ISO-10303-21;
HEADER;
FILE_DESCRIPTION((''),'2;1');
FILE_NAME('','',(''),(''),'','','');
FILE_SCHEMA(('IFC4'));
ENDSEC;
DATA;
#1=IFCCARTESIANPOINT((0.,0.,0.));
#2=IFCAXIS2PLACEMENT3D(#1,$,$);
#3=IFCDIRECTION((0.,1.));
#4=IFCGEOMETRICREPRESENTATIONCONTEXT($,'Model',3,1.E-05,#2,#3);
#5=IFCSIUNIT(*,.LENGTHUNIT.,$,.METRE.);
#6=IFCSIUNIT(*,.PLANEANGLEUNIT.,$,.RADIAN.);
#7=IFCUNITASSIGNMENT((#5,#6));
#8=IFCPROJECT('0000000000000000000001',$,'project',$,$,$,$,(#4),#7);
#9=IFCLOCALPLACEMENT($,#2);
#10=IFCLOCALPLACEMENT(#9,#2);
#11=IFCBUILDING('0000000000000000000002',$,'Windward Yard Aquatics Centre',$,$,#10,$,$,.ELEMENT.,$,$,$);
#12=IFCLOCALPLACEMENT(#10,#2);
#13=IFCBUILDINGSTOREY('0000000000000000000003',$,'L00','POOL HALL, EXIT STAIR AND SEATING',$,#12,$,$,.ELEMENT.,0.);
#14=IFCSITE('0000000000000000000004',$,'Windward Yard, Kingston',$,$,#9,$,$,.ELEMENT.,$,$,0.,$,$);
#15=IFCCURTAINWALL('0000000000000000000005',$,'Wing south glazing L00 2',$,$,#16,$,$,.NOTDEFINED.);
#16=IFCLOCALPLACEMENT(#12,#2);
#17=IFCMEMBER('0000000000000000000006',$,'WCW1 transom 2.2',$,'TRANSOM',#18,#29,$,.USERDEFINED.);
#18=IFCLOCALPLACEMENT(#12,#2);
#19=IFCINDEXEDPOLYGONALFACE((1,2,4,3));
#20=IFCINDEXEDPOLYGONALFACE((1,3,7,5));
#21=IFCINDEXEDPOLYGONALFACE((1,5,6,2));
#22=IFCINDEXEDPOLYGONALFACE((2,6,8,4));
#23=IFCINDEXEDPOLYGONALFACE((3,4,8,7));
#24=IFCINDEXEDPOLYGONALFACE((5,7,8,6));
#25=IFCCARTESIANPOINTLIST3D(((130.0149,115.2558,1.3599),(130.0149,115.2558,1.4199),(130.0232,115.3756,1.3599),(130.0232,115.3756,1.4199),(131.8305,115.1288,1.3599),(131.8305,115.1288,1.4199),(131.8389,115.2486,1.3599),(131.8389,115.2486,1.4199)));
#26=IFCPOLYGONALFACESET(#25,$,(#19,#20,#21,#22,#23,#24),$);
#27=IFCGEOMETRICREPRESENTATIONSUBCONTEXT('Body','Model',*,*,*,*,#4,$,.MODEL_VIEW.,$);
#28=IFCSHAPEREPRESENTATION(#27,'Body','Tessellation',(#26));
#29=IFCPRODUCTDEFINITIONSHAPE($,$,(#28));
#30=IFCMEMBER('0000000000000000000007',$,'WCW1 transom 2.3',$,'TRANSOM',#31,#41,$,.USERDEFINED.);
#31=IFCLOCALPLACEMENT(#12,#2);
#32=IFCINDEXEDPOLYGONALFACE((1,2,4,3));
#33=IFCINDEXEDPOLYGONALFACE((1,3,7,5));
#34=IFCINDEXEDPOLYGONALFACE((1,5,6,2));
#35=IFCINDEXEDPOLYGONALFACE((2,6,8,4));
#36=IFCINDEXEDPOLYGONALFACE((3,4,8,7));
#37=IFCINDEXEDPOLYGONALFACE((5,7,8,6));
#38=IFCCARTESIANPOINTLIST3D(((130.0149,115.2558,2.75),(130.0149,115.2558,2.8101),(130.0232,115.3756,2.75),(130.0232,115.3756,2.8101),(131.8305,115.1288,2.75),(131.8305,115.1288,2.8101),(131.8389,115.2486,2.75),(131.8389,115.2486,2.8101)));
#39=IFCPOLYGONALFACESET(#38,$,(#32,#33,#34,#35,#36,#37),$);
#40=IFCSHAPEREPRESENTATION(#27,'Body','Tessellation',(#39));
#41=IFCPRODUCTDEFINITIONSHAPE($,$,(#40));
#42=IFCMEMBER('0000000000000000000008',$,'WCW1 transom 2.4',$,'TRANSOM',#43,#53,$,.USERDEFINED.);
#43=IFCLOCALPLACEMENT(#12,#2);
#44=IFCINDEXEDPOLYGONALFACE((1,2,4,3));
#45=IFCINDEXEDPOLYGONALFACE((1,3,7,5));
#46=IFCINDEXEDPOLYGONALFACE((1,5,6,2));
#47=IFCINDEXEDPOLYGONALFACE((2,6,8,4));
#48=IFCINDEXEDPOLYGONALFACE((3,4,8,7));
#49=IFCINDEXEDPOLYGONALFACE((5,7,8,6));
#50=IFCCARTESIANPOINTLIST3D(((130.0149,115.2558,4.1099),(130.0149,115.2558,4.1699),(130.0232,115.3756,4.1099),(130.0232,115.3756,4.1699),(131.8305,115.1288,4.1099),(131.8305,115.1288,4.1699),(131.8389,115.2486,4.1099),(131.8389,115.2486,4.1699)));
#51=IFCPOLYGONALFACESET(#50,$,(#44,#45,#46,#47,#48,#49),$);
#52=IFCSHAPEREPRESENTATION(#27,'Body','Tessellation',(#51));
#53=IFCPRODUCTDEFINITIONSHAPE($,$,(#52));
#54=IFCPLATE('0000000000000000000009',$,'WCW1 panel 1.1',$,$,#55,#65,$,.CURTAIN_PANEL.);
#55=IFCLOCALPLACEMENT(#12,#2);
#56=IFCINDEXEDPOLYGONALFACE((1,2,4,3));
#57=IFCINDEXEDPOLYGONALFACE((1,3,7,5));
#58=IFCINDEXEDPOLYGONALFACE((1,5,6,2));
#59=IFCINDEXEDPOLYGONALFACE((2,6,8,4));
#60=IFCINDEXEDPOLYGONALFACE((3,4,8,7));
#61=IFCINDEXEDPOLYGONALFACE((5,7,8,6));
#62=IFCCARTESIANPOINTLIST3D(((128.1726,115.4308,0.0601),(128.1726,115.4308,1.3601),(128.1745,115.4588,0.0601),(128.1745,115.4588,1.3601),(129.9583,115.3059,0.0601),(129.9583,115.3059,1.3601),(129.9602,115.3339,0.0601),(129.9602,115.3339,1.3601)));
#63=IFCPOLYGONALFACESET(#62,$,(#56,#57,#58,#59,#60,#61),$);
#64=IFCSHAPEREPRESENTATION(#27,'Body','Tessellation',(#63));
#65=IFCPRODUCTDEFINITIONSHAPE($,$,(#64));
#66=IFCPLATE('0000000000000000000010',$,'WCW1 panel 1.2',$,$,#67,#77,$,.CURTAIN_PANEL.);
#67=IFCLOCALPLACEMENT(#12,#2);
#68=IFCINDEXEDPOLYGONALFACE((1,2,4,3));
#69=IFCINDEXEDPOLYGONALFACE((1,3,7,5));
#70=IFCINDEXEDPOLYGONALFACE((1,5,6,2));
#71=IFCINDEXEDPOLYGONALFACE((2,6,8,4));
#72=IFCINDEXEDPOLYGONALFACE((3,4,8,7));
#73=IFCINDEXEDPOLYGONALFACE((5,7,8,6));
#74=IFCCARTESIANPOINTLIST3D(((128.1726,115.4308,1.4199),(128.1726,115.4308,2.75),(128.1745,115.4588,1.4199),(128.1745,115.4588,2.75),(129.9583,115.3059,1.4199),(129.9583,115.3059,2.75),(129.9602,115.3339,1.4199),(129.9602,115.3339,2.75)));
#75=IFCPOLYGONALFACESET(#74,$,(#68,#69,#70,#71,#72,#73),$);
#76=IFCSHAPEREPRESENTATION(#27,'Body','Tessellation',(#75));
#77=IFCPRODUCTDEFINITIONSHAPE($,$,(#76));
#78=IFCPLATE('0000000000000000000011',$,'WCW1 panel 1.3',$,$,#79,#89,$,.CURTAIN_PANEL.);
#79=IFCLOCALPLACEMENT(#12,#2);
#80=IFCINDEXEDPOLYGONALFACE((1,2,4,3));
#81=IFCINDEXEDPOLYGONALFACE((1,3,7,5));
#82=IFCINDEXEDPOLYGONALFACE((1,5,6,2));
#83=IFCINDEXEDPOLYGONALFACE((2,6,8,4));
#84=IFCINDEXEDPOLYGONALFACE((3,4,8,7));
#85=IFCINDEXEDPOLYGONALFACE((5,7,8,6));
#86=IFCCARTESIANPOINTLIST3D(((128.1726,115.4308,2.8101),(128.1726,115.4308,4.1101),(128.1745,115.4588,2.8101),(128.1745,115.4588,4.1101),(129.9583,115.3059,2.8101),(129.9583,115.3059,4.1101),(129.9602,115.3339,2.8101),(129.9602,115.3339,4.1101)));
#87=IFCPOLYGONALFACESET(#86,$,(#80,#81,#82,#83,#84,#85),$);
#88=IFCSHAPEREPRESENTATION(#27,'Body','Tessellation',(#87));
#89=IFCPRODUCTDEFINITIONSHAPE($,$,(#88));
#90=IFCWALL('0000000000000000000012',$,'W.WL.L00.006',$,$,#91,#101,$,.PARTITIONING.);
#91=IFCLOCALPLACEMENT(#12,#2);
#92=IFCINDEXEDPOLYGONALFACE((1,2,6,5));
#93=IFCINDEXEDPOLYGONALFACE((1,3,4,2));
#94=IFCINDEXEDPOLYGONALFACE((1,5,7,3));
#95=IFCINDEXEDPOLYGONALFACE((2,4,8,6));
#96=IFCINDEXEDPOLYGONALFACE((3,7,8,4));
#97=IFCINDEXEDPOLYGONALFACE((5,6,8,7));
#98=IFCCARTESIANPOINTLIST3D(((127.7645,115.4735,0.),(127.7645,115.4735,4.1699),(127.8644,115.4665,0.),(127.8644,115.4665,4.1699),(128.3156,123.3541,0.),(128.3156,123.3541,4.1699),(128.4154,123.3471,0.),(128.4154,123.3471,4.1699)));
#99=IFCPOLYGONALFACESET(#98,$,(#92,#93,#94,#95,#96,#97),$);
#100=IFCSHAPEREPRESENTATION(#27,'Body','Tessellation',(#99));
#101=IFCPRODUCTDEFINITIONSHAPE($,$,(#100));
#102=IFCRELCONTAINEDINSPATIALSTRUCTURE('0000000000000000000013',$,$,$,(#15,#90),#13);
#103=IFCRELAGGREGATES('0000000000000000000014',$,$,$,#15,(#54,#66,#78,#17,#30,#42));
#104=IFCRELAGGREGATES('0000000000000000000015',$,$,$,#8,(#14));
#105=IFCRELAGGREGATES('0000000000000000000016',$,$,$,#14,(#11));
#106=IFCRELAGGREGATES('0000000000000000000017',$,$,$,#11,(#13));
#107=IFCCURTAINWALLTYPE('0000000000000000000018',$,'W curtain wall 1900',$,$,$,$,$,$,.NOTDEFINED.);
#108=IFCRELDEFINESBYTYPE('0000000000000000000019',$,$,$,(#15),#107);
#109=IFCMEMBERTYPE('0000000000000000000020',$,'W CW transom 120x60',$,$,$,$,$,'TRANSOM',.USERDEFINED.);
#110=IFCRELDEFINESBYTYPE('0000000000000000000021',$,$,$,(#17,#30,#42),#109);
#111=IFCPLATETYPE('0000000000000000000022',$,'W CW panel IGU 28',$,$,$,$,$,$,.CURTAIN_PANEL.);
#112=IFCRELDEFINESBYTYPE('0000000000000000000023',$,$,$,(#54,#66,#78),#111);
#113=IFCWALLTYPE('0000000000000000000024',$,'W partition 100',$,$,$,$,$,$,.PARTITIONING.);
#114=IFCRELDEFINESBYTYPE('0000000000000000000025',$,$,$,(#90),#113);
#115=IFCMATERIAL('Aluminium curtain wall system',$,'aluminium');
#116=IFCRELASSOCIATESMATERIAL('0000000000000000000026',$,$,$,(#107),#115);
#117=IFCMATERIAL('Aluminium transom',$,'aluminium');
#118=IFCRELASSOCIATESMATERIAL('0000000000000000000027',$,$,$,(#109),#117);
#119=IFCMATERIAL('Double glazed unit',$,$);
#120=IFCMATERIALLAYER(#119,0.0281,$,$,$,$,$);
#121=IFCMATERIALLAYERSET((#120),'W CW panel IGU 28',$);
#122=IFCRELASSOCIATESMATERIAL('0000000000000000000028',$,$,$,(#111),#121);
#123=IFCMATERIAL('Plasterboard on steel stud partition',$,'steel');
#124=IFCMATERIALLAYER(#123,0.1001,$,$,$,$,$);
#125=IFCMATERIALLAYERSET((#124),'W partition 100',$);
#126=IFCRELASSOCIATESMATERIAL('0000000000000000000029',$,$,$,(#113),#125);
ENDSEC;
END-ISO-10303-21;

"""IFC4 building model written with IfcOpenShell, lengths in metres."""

from ifc_helpers import new_model, si_unit, direction, frame, frame_2d, origin, origin_2d, place, context, subcontext, project, spatial, rectangle, extrude, material, layer, layer_set, material_profile, profile_set, type_object, element, aggregate, save


model = new_model("IFC4")

# Units and contexts
model_context = context("Model", 3, precision=1e-05, world=origin(), true_north=direction((0.0, 1.0)))
body_context = subcontext(model_context, "Body", "Model", "MODEL_VIEW")
ifc_project = project(units=[si_unit("LENGTHUNIT", "METRE"), si_unit("PLANEANGLEUNIT", "RADIAN")], contexts=[model_context])

# Site, building, storey
site_placement = place(None, origin())
site = spatial("IfcSite", under=ifc_project, at=site_placement, Name="Windward Yard, Kingston", CompositionType="ELEMENT", RefElevation=0.0)
building_placement = place(site_placement, origin())
building = spatial("IfcBuilding", under=site, at=building_placement, Name="Windward Yard Aquatics Centre", CompositionType="ELEMENT")
storey_placement = place(building_placement, origin())
storey = spatial("IfcBuildingStorey", under=building, at=storey_placement, Name="L00", Description="POOL HALL, EXIT STAIR AND SEATING", CompositionType="ELEMENT", Elevation=0.0)

# Curtain wall, members, plates
ifc_material_1 = material(Name="Aluminium curtain wall system", Category="aluminium")
curtain_wall_type = type_object("IfcCurtainWallType", Name="W curtain wall 1900", PredefinedType="NOTDEFINED", material=ifc_material_1)
curtain_wall_placement = place(storey_placement, origin())
curtain_wall = element("IfcCurtainWall", 1, at=curtain_wall_placement, inside=storey, type_object=curtain_wall_type, Name="Wing south glazing L00 2", PredefinedType="NOTDEFINED")
ifc_material_2 = material(Name="Aluminium transom", Category="aluminium")
ifc_material_profile_1 = material_profile(ifc_material_2, rectangle(XDim=0.1201, YDim=0.0601, at=origin_2d()), Name="AL 120x60")
ifc_profile_set_1 = profile_set([ifc_material_profile_1], Name="Aluminium transom")
member_type_1 = type_object("IfcMemberType", Name="W CW transom 120x60", ElementType="TRANSOM", PredefinedType="USERDEFINED", material=ifc_profile_set_1)
member_1_placement = place(storey_placement, frame((130.019, 115.3157, 1.3899), z_axis=(0.997564, -0.06975, 0.0), x_axis=(0.06975, 0.997564, 0.0)))
member_1 = element("IfcMember", 2, at=member_1_placement, type_object=member_type_1, Name="WCW1 transom 2.2", ObjectType="TRANSOM", PredefinedType="USERDEFINED", context=body_context, shape_type="SweptSolid", body=[
    extrude(rectangle(XDim=0.1201, YDim=0.0601, at=origin_2d()), origin(), (0.0, 0.0, 1.0), 1.8201),
])
member_2_placement = place(storey_placement, frame((130.019, 115.3157, 2.78), z_axis=(0.997564, -0.06975, 0.0), x_axis=(0.06975, 0.997564, 0.0)))
member_2 = element("IfcMember", 3, at=member_2_placement, type_object=member_type_1, Name="WCW1 transom 2.3", ObjectType="TRANSOM", PredefinedType="USERDEFINED", context=body_context, shape_type="SweptSolid", body=[
    extrude(rectangle(XDim=0.1201, YDim=0.0601, at=origin_2d()), origin(), (0.0, 0.0, 1.0), 1.8201),
])
member_3_placement = place(storey_placement, frame((130.019, 115.3157, 4.1399), z_axis=(0.997564, -0.06975, 0.0), x_axis=(0.06975, 0.997564, 0.0)))
member_3 = element("IfcMember", 4, at=member_3_placement, type_object=member_type_1, Name="WCW1 transom 2.4", ObjectType="TRANSOM", PredefinedType="USERDEFINED", context=body_context, shape_type="SweptSolid", body=[
    extrude(rectangle(XDim=0.1201, YDim=0.0601, at=origin_2d()), origin(), (0.0, 0.0, 1.0), 1.8201),
])
ifc_material_3 = material(Name="Double glazed unit")
ifc_layer_1 = layer(ifc_material_3, 0.0281)
ifc_layer_set_1 = layer_set([ifc_layer_1], Name="W CW panel IGU 28")
plate_type = type_object("IfcPlateType", Name="W CW panel IGU 28", PredefinedType="CURTAIN_PANEL", material=ifc_layer_set_1)
plate_1_placement = place(storey_placement, frame((129.0664, 115.3823, 0.0601), z_axis=(0.0, 0.0, 1.0), x_axis=(0.997564, -0.069755, 0.0)))
plate_1 = element("IfcPlate", 5, at=plate_1_placement, type_object=plate_type, Name="WCW1 panel 1.1", PredefinedType="CURTAIN_PANEL", context=body_context, shape_type="SweptSolid", body=[
    extrude(rectangle(XDim=1.79, YDim=0.0281, at=origin_2d()), origin(), (0.0, 0.0, 1.0), 1.3),
])
plate_2_placement = place(storey_placement, frame((129.0664, 115.3823, 1.4199), z_axis=(0.0, 0.0, 1.0), x_axis=(0.997564, -0.069755, 0.0)))
plate_2 = element("IfcPlate", 6, at=plate_2_placement, type_object=plate_type, Name="WCW1 panel 1.2", PredefinedType="CURTAIN_PANEL", context=body_context, shape_type="SweptSolid", body=[
    extrude(rectangle(XDim=1.79, YDim=0.0281, at=origin_2d()), origin(), (0.0, 0.0, 1.0), 1.3301),
])
plate_3_placement = place(storey_placement, frame((129.0664, 115.3823, 2.8101), z_axis=(0.0, 0.0, 1.0), x_axis=(0.997564, -0.069755, 0.0)))
plate_3 = element("IfcPlate", 7, at=plate_3_placement, type_object=plate_type, Name="WCW1 panel 1.3", PredefinedType="CURTAIN_PANEL", context=body_context, shape_type="SweptSolid", body=[
    extrude(rectangle(XDim=1.79, YDim=0.0281, at=origin_2d()), origin(), (0.0, 0.0, 1.0), 1.3),
])
aggregate(curtain_wall, [plate_1, plate_2, plate_3, member_1, member_2, member_3])

# Wall
ifc_material_4 = material(Name="Plasterboard on steel stud partition", Category="steel")
ifc_layer_2 = layer(ifc_material_4, 0.1001)
ifc_layer_set_2 = layer_set([ifc_layer_2], Name="W partition 100")
wall_type = type_object("IfcWallType", Name="W partition 100", PredefinedType="PARTITIONING", material=ifc_layer_set_2)
wall_placement = place(storey_placement, frame((127.8145, 115.47, 0.0), z_axis=(0.0, 0.0, 1.0), x_axis=(0.069751, 0.997564, 0.0)))
element("IfcWall", 8, at=wall_placement, inside=storey, type_object=wall_type, Name="W.WL.L00.006", PredefinedType="PARTITIONING", context=body_context, shape_type="SweptSolid", body=[
    extrude(rectangle(XDim=7.8999, YDim=0.1001, at=frame_2d((3.95, 0.0))), origin(), (0.0, 0.0, 1.0), 4.1699),
])

save(model, "model.ifc")
